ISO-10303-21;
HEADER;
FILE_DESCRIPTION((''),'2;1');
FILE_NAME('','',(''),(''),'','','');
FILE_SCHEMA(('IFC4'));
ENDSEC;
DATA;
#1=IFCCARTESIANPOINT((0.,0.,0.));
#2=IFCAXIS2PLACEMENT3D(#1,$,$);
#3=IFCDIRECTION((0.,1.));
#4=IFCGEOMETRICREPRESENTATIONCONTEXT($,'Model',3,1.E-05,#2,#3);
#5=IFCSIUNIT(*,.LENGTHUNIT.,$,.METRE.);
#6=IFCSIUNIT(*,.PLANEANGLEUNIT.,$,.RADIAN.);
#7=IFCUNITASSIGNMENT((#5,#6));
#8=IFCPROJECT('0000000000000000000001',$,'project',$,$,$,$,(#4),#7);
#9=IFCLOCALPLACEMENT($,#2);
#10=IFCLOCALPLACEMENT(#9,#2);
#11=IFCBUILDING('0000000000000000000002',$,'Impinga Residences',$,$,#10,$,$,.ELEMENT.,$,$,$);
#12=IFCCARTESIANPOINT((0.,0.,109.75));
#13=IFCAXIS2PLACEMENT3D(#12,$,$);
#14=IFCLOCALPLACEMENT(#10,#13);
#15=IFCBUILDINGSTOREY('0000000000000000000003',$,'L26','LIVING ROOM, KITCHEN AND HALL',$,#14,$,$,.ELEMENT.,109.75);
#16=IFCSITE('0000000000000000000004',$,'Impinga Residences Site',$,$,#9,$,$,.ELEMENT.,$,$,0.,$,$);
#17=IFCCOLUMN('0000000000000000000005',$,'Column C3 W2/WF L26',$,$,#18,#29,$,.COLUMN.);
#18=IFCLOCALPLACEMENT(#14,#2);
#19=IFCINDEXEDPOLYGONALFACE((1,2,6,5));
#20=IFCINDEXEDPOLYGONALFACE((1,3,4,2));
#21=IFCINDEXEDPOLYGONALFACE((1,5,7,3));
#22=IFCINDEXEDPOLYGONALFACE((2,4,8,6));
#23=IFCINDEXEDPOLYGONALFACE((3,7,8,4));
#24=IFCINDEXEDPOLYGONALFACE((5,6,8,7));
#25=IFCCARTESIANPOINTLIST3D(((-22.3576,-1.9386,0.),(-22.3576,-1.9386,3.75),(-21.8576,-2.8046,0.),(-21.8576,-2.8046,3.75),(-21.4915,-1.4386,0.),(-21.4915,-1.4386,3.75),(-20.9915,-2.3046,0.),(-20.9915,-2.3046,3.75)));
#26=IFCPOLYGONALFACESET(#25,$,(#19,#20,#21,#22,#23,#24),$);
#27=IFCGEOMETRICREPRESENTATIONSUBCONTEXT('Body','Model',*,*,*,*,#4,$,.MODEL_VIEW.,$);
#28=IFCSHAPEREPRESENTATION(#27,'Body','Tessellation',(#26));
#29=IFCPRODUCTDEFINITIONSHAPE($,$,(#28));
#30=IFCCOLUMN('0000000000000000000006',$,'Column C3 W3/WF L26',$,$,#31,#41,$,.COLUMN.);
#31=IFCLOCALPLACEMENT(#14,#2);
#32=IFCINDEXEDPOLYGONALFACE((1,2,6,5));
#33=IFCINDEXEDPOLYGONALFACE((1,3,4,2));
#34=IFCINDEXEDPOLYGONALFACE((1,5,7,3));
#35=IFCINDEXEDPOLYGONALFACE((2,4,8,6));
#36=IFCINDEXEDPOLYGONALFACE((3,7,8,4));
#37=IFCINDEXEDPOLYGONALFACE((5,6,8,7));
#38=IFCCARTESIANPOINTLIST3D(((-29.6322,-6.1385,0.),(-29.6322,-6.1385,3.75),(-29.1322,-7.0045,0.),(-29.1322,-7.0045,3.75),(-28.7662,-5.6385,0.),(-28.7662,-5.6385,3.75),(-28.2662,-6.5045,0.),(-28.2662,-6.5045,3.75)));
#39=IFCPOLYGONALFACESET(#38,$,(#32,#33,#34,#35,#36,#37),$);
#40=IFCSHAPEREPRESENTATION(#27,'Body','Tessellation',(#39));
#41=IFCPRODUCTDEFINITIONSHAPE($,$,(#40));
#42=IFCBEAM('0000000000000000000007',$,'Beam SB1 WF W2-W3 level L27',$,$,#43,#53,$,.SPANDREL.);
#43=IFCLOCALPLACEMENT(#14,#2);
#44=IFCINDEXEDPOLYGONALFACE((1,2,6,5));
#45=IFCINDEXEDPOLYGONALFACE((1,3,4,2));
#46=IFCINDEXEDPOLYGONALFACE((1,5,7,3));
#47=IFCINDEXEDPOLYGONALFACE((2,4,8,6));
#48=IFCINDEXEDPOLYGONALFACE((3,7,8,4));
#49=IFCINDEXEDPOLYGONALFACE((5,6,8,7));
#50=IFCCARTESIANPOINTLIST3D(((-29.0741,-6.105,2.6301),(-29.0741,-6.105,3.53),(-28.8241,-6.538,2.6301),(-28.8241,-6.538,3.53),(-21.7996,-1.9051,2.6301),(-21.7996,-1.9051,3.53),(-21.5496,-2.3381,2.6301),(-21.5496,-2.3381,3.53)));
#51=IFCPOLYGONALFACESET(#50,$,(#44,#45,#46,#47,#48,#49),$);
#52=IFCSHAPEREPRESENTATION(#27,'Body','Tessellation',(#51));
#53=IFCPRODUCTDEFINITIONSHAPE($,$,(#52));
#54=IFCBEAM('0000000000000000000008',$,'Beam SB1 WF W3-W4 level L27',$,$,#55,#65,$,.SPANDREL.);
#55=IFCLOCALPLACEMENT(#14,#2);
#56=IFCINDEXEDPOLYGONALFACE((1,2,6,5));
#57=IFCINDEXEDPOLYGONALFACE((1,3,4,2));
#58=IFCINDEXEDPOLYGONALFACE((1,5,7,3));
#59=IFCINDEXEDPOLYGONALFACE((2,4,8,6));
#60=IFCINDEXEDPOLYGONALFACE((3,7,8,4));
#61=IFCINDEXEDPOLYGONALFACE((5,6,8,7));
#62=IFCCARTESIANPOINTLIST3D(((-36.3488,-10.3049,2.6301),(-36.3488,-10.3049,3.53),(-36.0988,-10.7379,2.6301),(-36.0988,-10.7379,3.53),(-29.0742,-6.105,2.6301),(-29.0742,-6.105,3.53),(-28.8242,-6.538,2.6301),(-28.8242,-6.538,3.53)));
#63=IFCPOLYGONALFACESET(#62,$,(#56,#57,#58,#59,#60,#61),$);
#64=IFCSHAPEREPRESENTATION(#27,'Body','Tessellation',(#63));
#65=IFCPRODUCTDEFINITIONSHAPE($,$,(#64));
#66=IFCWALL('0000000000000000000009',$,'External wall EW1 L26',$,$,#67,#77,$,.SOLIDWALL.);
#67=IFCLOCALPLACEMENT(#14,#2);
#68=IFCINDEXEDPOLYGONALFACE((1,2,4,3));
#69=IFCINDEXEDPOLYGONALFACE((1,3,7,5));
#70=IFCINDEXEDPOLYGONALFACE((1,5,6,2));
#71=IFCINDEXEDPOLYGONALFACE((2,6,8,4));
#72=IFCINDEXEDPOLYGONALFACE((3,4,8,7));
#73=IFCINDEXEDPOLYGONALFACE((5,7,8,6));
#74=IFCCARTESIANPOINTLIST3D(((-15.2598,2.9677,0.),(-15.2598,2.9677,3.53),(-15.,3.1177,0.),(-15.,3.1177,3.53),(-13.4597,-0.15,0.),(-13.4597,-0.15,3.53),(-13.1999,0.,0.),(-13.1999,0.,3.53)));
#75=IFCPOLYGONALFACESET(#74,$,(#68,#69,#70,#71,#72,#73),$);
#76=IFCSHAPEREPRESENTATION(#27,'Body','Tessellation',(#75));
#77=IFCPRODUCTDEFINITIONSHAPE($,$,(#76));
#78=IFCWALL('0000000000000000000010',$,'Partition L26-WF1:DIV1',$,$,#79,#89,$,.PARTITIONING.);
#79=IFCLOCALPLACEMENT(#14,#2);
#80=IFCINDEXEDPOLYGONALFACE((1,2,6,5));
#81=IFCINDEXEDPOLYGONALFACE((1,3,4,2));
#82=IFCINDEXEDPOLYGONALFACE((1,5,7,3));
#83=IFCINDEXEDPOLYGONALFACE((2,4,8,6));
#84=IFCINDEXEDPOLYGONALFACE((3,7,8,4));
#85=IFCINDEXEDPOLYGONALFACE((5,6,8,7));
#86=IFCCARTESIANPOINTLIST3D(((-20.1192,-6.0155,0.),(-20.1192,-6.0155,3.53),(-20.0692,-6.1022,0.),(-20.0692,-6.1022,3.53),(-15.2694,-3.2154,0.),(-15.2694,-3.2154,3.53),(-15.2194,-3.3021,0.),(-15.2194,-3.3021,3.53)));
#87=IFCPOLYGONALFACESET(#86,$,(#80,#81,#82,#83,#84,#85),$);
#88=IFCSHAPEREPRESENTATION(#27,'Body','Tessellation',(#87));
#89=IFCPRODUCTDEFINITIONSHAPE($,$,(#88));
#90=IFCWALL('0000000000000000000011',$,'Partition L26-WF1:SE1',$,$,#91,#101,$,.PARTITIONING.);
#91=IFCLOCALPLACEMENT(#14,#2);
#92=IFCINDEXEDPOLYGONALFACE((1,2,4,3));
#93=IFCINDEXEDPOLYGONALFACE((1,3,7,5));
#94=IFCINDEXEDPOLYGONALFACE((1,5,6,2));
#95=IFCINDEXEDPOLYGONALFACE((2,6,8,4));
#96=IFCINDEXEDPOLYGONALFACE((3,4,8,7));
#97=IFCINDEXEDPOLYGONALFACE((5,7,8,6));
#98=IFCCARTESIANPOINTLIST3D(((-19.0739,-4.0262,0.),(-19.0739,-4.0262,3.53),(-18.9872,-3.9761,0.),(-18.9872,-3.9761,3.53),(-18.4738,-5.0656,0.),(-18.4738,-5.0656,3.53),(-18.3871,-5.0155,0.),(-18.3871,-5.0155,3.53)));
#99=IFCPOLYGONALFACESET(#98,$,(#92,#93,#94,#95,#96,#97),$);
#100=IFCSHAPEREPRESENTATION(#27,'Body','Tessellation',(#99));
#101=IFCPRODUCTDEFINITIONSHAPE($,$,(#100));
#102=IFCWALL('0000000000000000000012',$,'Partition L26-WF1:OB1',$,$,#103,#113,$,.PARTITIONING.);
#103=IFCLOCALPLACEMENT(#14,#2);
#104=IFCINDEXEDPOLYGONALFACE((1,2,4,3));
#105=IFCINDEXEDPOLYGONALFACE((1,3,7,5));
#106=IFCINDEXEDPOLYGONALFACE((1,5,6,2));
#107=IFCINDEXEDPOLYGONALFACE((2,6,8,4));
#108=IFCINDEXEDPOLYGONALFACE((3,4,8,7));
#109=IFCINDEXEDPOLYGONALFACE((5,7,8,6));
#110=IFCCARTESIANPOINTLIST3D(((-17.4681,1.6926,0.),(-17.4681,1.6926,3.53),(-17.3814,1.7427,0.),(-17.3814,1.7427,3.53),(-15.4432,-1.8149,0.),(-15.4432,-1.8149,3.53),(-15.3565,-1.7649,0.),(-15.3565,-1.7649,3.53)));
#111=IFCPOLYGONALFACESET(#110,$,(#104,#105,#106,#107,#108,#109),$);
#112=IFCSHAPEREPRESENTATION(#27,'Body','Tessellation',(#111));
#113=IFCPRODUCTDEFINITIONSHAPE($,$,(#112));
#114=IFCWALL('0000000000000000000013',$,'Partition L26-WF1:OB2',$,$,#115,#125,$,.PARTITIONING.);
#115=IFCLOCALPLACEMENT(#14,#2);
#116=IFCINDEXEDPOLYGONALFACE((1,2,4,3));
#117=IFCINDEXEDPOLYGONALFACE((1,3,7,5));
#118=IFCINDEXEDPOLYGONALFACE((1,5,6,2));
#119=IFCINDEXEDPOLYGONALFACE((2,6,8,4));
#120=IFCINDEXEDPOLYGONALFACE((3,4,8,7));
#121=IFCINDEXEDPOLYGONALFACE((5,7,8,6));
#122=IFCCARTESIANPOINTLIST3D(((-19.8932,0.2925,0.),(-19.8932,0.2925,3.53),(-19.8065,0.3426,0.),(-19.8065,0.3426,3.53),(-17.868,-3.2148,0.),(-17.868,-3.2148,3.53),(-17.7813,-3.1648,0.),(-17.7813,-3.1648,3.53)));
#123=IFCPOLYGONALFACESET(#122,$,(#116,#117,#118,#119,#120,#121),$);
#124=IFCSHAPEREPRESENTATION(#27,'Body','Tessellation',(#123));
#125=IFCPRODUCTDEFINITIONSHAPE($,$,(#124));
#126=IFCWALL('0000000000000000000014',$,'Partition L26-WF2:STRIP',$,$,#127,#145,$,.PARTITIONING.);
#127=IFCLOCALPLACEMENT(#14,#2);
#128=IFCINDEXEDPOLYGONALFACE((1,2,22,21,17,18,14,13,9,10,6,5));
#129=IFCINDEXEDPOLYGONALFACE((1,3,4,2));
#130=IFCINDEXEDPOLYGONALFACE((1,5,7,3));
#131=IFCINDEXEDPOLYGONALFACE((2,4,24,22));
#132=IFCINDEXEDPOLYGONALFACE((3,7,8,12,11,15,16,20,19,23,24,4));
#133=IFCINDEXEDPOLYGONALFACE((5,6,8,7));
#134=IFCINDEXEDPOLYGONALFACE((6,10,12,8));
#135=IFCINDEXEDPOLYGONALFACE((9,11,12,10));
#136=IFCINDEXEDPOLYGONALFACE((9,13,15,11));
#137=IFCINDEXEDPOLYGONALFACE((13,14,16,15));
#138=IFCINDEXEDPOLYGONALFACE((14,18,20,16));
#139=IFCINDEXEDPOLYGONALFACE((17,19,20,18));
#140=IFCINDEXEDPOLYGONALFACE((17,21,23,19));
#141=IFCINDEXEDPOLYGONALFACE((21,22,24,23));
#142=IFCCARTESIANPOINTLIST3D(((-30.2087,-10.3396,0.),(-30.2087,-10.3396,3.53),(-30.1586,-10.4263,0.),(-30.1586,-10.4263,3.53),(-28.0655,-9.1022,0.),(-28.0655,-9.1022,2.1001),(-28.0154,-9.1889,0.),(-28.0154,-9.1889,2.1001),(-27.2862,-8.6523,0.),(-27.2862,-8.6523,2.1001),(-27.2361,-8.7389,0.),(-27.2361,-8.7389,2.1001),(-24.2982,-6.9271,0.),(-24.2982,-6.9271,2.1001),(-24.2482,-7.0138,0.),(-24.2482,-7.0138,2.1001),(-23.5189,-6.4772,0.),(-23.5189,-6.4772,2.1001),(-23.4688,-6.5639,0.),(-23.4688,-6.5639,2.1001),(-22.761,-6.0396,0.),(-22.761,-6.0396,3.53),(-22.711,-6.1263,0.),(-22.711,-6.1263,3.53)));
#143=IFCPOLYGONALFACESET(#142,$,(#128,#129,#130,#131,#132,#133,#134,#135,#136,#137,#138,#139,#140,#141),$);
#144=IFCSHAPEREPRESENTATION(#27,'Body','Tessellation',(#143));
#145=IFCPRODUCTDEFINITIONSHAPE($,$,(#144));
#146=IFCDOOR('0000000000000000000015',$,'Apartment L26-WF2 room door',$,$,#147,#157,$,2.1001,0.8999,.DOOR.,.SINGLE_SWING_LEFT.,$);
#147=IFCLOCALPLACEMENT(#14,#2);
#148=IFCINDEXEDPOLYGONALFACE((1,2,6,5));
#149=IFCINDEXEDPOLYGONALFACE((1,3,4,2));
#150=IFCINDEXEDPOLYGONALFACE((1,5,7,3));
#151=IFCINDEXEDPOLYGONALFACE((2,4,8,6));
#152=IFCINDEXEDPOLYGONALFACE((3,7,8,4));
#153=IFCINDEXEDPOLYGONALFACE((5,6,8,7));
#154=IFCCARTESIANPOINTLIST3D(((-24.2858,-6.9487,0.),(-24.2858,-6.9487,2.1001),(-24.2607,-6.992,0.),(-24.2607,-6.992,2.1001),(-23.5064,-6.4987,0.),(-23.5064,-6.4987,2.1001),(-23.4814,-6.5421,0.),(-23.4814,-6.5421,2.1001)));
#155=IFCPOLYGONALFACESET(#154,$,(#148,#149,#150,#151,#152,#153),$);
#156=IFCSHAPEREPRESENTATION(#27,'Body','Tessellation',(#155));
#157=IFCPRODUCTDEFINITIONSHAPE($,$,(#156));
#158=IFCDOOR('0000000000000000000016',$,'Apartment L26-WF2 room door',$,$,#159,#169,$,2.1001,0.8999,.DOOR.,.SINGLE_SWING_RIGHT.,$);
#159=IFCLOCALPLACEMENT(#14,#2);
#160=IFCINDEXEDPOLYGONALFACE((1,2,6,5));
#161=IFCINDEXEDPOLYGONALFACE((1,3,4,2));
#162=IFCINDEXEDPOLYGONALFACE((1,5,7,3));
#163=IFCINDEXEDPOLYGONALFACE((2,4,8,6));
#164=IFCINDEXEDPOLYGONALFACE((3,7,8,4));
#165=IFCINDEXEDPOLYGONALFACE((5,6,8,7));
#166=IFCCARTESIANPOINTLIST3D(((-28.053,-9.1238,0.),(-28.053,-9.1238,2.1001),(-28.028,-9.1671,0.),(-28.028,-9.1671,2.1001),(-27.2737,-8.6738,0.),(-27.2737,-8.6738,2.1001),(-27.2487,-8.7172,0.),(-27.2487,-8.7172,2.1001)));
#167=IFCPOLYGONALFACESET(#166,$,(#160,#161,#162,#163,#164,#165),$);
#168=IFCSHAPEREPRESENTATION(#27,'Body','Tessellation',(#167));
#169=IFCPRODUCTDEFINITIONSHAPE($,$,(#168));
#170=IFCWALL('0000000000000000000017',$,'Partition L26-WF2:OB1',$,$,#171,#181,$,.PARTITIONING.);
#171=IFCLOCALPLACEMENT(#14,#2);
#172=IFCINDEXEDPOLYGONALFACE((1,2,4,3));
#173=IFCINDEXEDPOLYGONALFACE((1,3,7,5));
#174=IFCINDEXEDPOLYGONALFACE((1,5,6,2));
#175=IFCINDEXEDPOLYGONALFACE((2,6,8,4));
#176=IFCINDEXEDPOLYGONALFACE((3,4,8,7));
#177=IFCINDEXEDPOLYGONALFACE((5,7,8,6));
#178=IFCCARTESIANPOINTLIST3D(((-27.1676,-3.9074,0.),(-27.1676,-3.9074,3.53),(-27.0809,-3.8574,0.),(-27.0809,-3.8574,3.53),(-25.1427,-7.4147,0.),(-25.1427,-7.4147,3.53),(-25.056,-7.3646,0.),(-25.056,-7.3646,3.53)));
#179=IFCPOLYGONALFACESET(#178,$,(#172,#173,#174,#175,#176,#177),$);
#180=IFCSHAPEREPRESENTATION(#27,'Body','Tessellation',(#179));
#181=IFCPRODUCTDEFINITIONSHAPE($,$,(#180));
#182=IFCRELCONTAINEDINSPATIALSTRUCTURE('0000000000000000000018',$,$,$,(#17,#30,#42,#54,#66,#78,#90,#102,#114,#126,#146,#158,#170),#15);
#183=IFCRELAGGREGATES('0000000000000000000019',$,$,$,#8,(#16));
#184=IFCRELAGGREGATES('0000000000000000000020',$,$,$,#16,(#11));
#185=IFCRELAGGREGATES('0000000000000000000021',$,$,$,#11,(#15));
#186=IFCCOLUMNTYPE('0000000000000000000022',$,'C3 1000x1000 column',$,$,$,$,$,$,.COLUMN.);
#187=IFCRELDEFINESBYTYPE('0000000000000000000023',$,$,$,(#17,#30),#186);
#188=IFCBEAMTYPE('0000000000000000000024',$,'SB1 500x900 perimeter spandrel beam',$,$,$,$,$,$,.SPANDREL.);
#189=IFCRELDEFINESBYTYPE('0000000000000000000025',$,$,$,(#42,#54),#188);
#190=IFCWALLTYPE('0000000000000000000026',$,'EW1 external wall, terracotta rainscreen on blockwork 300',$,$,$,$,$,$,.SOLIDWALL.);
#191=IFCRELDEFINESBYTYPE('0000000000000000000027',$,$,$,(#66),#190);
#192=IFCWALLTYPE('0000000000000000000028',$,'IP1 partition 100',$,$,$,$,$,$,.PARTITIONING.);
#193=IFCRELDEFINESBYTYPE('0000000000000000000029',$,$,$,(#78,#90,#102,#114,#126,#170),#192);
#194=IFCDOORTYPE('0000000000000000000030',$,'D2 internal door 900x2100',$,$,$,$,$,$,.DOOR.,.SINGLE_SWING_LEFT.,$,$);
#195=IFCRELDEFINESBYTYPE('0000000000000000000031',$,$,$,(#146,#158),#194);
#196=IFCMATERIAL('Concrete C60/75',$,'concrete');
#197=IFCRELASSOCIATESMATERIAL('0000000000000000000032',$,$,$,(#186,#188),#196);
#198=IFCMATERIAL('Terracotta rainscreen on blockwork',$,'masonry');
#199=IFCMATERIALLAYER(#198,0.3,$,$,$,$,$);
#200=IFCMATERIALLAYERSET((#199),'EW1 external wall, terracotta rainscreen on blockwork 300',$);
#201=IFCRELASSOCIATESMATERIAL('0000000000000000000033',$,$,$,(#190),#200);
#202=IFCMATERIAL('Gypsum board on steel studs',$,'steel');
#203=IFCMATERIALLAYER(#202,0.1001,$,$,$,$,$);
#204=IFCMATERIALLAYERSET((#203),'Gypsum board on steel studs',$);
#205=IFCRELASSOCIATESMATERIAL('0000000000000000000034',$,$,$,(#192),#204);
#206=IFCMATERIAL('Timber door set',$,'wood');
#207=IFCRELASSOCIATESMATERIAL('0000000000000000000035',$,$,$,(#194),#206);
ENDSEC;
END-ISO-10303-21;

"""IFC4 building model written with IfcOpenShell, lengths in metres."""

from ifc_helpers import new_model, si_unit, direction, frame, frame_2d, origin, origin_2d, place, context, subcontext, project, spatial, rectangle, extrude, material, layer, layer_set, material_profile, profile_set, type_object, element, fill, save


model = new_model("IFC4")

# Units and contexts
model_context = context("Model", 3, precision=1e-05, world=origin(), true_north=direction((0.0, 1.0)))
body_context = subcontext(model_context, "Body", "Model", "MODEL_VIEW")
ifc_project = project(units=[si_unit("LENGTHUNIT", "METRE"), si_unit("PLANEANGLEUNIT", "RADIAN")], contexts=[model_context])

# Site, building, storey
site_placement = place(None, origin())
site = spatial("IfcSite", under=ifc_project, at=site_placement, Name="Impinga Residences Site", CompositionType="ELEMENT", RefElevation=0.0)
building_placement = place(site_placement, origin())
building = spatial("IfcBuilding", under=site, at=building_placement, Name="Impinga Residences", CompositionType="ELEMENT")
storey_placement = place(building_placement, frame((0.0, 0.0, 109.75)))
storey = spatial("IfcBuildingStorey", under=building, at=storey_placement, Name="L26", Description="LIVING ROOM, KITCHEN AND HALL", CompositionType="ELEMENT", Elevation=109.75)

# Columns
ifc_material_1 = material(Name="Concrete C60/75", Category="concrete")
ifc_material_profile_1 = material_profile(ifc_material_1, rectangle(XDim=1.0, YDim=1.0, at=origin_2d()), Name="RC 1000x1000")
ifc_profile_set_1 = profile_set([ifc_material_profile_1], Name="Concrete C60/75")
column_type = type_object("IfcColumnType", Name="C3 1000x1000 column", PredefinedType="COLUMN", material=ifc_profile_set_1)
for number, where, z_axis, x_axis, name in (
    (1, (-21.6746, -2.1216, 0.0), (0.0, 0.0, 1.0), (-0.5, 0.866025, 0.0), "Column C3 W2/WF L26"),
    (2, (-28.9492, -6.3215, 0.0), (0.0, 0.0, 1.0), (-0.5, 0.866025, 0.0), "Column C3 W3/WF L26"),
):
    element("IfcColumn", number, at=place(storey_placement, frame(where, z_axis=z_axis, x_axis=x_axis)), inside=storey, type_object=column_type, Name=name, PredefinedType="COLUMN", context=body_context, shape_type="SweptSolid", body=[
        extrude(rectangle(XDim=1.0, YDim=1.0, at=origin_2d()), origin(), (0.0, 0.0, 1.0), 3.75),
    ])

# Beams
ifc_material_profile_2 = material_profile(ifc_material_1, rectangle(XDim=0.5, YDim=0.8999, at=origin_2d()), Name="RC 500x900")
ifc_profile_set_2 = profile_set([ifc_material_profile_2], Name="Concrete C60/75")
beam_type = type_object("IfcBeamType", Name="SB1 500x900 perimeter spandrel beam", PredefinedType="SPANDREL", material=ifc_profile_set_2)
for number, where, z_axis, x_axis, name in (
    (3, (-21.6746, -2.1216, 3.0801), (-0.866029, -0.499993, 0.0), (0.499993, -0.866029, 0.0), "Beam SB1 WF W2-W3 level L27"),
    (4, (-28.9492, -6.3215, 3.0801), (-0.866029, -0.499993, 0.0), (0.499993, -0.866029, 0.0), "Beam SB1 WF W3-W4 level L27"),
):
    element("IfcBeam", number, at=place(storey_placement, frame(where, z_axis=z_axis, x_axis=x_axis)), inside=storey, type_object=beam_type, Name=name, PredefinedType="SPANDREL", context=body_context, shape_type="SweptSolid", body=[
        extrude(rectangle(XDim=0.5, YDim=0.8999, at=origin_2d()), origin(), (0.0, 0.0, 1.0), 8.3999),
    ])

# Walls
ifc_material_2 = material(Name="Terracotta rainscreen on blockwork", Category="masonry")
ifc_layer_1 = layer(ifc_material_2, 0.3)
ifc_layer_set_1 = layer_set([ifc_layer_1], Name="EW1 external wall, terracotta rainscreen on blockwork 300")
wall_type_1 = type_object("IfcWallType", Name="EW1 external wall, terracotta rainscreen on blockwork 300", PredefinedType="SOLIDWALL", material=ifc_layer_set_1)
wall_1_placement = place(storey_placement, frame((-15.1299, 3.0427, 0.0), z_axis=(0.0, 0.0, 1.0), x_axis=(0.500012, -0.866018, 0.0)))
element("IfcWall", 5, at=wall_1_placement, inside=storey, type_object=wall_type_1, Name="External wall EW1 L26", PredefinedType="SOLIDWALL", context=body_context, shape_type="SweptSolid", body=[
    extrude(rectangle(XDim=3.6001, YDim=0.3, at=frame_2d((1.8, 0.0))), origin(), (0.0, 0.0, 1.0), 3.53),
])
ifc_material_3 = material(Name="Gypsum board on steel studs", Category="steel")
ifc_layer_2 = layer(ifc_material_3, 0.1001)
ifc_layer_set_2 = layer_set([ifc_layer_2], Name="Gypsum board on steel studs")
wall_type_2 = type_object("IfcWallType", Name="IP1 partition 100", PredefinedType="PARTITIONING", material=ifc_layer_set_2)
wall_2_placement = place(storey_placement, frame((-15.2444, -3.2588, 0.0), z_axis=(0.0, 0.0, 1.0), x_axis=(-0.866027, -0.499998, 0.0)))
element("IfcWall", 6, at=wall_2_placement, inside=storey, type_object=wall_type_2, Name="Partition L26-WF1:DIV1", PredefinedType="PARTITIONING", context=body_context, shape_type="SweptSolid", body=[
    extrude(rectangle(XDim=5.6001, YDim=0.1001, at=frame_2d((2.8, 0.0))), origin(), (0.0, 0.0, 1.0), 3.53),
])
wall_3_placement = place(storey_placement, frame((-18.4304, -5.0405, 0.0), z_axis=(0.0, 0.0, 1.0), x_axis=(-0.500034, 0.866006, 0.0)))
element("IfcWall", 7, at=wall_3_placement, inside=storey, type_object=wall_type_2, Name="Partition L26-WF1:SE1", PredefinedType="PARTITIONING", context=body_context, shape_type="SweptSolid", body=[
    extrude(rectangle(XDim=1.2002, YDim=0.1001, at=frame_2d((0.6001, 0.0))), origin(), (0.0, 0.0, 1.0), 3.53),
])
for number, where, z_axis, x_axis, name in (
    (8, (-15.3999, -1.7898, 0.0), (0.0, 0.0, 1.0), (-0.499964, 0.866046, 0.0), "Partition L26-WF1:OB1"),
    (9, (-17.8247, -3.1897, 0.0), (0.0, 0.0, 1.0), (-0.500036, 0.866005, 0.0), "Partition L26-WF1:OB2"),
):
    element("IfcWall", number, at=place(storey_placement, frame(where, z_axis=z_axis, x_axis=x_axis)), inside=storey, type_object=wall_type_2, Name=name, PredefinedType="PARTITIONING", context=body_context, shape_type="SweptSolid", body=[
        extrude(rectangle(XDim=4.05, YDim=0.1001, at=frame_2d((2.0249, 0.0))), origin(), (0.0, 0.0, 1.0), 3.53),
    ])

# Wall, openings, doors
wall_4_placement = place(storey_placement, frame((-22.7361, -6.083, 0.0), z_axis=(0.0, 0.0, 1.0), x_axis=(-0.866021, -0.500008, 0.0)))
wall_4 = element("IfcWall", 10, at=wall_4_placement, inside=storey, type_object=wall_type_2, Name="Partition L26-WF2:STRIP", PredefinedType="PARTITIONING", context=body_context, shape_type="SweptSolid", body=[
    extrude(rectangle(XDim=8.5999, YDim=0.1001, at=frame_2d((4.2998, 0.0))), origin(), (0.0, 0.0, 1.0), 3.53),
])
opening_1_placement = place(wall_4_placement, frame((0.875, 0.0, 0.0)))
opening_1 = element("IfcOpeningElement", 11, at=opening_1_placement, cuts=wall_4, PredefinedType="OPENING", context=body_context, shape_type="SweptSolid", body=[
    extrude(rectangle(XDim=0.8999, YDim=2.1001, at=frame_2d((0.45, 1.05))), frame((0.0, 0.0601, 0.0), z_axis=(0.0, -1.0, 0.0), x_axis=(1.0, 0.0, 0.0)), (0.0, 0.0, 1.0), 0.1201),
])
opening_2_placement = place(wall_4_placement, frame((5.2251, 0.0, 0.0)))
opening_2 = element("IfcOpeningElement", 12, at=opening_2_placement, cuts=wall_4, PredefinedType="OPENING", context=body_context, shape_type="SweptSolid", body=[
    extrude(rectangle(XDim=0.8999, YDim=2.1001, at=frame_2d((0.45, 1.05))), frame((0.0, 0.0601, 0.0), z_axis=(0.0, -1.0, 0.0), x_axis=(1.0, 0.0, 0.0)), (0.0, 0.0, 1.0), 0.1201),
])
ifc_material_4 = material(Name="Timber door set", Category="wood")
door_type = type_object("IfcDoorType", Name="D2 internal door 900x2100", OperationType="SINGLE_SWING_LEFT", PredefinedType="DOOR", material=ifc_material_4)
door_1_placement = place(opening_1_placement, origin())
door_1 = element("IfcDoor", 13, at=door_1_placement, inside=storey, type_object=door_type, Name="Apartment L26-WF2 room door", OperationType="SINGLE_SWING_LEFT", OverallHeight=2.1001, OverallWidth=0.8999, PredefinedType="DOOR", context=body_context, shape_type="SweptSolid", body=[
    extrude(rectangle(XDim=0.8999, YDim=2.1001, at=frame_2d((0.45, 1.05))), frame((0.0, 0.0249, 0.0), z_axis=(0.0, -1.0, 0.0), x_axis=(1.0, 0.0, 0.0)), (0.0, 0.0, 1.0), 0.05),
])
fill(opening_1, door_1)
door_2_placement = place(opening_2_placement, origin())
door_2 = element("IfcDoor", 14, at=door_2_placement, inside=storey, type_object=door_type, Name="Apartment L26-WF2 room door", OperationType="SINGLE_SWING_RIGHT", OverallHeight=2.1001, OverallWidth=0.8999, PredefinedType="DOOR", context=body_context, shape_type="SweptSolid", body=[
    extrude(rectangle(XDim=0.8999, YDim=2.1001, at=frame_2d((0.45, 1.05))), frame((0.0, 0.0249, 0.0), z_axis=(0.0, -1.0, 0.0), x_axis=(1.0, 0.0, 0.0)), (0.0, 0.0, 1.0), 0.05),
])
fill(opening_2, door_2)

# Wall
wall_5_placement = place(storey_placement, frame((-25.0994, -7.3896, 0.0), z_axis=(0.0, 0.0, 1.0), x_axis=(-0.49999, 0.866031, 0.0)))
element("IfcWall", 15, at=wall_5_placement, inside=storey, type_object=wall_type_2, Name="Partition L26-WF2:OB1", PredefinedType="PARTITIONING", context=body_context, shape_type="SweptSolid", body=[
    extrude(rectangle(XDim=4.0498, YDim=0.1001, at=frame_2d((2.0249, 0.0))), origin(), (0.0, 0.0, 1.0), 3.53),
])

save(model, "model.ifc")
